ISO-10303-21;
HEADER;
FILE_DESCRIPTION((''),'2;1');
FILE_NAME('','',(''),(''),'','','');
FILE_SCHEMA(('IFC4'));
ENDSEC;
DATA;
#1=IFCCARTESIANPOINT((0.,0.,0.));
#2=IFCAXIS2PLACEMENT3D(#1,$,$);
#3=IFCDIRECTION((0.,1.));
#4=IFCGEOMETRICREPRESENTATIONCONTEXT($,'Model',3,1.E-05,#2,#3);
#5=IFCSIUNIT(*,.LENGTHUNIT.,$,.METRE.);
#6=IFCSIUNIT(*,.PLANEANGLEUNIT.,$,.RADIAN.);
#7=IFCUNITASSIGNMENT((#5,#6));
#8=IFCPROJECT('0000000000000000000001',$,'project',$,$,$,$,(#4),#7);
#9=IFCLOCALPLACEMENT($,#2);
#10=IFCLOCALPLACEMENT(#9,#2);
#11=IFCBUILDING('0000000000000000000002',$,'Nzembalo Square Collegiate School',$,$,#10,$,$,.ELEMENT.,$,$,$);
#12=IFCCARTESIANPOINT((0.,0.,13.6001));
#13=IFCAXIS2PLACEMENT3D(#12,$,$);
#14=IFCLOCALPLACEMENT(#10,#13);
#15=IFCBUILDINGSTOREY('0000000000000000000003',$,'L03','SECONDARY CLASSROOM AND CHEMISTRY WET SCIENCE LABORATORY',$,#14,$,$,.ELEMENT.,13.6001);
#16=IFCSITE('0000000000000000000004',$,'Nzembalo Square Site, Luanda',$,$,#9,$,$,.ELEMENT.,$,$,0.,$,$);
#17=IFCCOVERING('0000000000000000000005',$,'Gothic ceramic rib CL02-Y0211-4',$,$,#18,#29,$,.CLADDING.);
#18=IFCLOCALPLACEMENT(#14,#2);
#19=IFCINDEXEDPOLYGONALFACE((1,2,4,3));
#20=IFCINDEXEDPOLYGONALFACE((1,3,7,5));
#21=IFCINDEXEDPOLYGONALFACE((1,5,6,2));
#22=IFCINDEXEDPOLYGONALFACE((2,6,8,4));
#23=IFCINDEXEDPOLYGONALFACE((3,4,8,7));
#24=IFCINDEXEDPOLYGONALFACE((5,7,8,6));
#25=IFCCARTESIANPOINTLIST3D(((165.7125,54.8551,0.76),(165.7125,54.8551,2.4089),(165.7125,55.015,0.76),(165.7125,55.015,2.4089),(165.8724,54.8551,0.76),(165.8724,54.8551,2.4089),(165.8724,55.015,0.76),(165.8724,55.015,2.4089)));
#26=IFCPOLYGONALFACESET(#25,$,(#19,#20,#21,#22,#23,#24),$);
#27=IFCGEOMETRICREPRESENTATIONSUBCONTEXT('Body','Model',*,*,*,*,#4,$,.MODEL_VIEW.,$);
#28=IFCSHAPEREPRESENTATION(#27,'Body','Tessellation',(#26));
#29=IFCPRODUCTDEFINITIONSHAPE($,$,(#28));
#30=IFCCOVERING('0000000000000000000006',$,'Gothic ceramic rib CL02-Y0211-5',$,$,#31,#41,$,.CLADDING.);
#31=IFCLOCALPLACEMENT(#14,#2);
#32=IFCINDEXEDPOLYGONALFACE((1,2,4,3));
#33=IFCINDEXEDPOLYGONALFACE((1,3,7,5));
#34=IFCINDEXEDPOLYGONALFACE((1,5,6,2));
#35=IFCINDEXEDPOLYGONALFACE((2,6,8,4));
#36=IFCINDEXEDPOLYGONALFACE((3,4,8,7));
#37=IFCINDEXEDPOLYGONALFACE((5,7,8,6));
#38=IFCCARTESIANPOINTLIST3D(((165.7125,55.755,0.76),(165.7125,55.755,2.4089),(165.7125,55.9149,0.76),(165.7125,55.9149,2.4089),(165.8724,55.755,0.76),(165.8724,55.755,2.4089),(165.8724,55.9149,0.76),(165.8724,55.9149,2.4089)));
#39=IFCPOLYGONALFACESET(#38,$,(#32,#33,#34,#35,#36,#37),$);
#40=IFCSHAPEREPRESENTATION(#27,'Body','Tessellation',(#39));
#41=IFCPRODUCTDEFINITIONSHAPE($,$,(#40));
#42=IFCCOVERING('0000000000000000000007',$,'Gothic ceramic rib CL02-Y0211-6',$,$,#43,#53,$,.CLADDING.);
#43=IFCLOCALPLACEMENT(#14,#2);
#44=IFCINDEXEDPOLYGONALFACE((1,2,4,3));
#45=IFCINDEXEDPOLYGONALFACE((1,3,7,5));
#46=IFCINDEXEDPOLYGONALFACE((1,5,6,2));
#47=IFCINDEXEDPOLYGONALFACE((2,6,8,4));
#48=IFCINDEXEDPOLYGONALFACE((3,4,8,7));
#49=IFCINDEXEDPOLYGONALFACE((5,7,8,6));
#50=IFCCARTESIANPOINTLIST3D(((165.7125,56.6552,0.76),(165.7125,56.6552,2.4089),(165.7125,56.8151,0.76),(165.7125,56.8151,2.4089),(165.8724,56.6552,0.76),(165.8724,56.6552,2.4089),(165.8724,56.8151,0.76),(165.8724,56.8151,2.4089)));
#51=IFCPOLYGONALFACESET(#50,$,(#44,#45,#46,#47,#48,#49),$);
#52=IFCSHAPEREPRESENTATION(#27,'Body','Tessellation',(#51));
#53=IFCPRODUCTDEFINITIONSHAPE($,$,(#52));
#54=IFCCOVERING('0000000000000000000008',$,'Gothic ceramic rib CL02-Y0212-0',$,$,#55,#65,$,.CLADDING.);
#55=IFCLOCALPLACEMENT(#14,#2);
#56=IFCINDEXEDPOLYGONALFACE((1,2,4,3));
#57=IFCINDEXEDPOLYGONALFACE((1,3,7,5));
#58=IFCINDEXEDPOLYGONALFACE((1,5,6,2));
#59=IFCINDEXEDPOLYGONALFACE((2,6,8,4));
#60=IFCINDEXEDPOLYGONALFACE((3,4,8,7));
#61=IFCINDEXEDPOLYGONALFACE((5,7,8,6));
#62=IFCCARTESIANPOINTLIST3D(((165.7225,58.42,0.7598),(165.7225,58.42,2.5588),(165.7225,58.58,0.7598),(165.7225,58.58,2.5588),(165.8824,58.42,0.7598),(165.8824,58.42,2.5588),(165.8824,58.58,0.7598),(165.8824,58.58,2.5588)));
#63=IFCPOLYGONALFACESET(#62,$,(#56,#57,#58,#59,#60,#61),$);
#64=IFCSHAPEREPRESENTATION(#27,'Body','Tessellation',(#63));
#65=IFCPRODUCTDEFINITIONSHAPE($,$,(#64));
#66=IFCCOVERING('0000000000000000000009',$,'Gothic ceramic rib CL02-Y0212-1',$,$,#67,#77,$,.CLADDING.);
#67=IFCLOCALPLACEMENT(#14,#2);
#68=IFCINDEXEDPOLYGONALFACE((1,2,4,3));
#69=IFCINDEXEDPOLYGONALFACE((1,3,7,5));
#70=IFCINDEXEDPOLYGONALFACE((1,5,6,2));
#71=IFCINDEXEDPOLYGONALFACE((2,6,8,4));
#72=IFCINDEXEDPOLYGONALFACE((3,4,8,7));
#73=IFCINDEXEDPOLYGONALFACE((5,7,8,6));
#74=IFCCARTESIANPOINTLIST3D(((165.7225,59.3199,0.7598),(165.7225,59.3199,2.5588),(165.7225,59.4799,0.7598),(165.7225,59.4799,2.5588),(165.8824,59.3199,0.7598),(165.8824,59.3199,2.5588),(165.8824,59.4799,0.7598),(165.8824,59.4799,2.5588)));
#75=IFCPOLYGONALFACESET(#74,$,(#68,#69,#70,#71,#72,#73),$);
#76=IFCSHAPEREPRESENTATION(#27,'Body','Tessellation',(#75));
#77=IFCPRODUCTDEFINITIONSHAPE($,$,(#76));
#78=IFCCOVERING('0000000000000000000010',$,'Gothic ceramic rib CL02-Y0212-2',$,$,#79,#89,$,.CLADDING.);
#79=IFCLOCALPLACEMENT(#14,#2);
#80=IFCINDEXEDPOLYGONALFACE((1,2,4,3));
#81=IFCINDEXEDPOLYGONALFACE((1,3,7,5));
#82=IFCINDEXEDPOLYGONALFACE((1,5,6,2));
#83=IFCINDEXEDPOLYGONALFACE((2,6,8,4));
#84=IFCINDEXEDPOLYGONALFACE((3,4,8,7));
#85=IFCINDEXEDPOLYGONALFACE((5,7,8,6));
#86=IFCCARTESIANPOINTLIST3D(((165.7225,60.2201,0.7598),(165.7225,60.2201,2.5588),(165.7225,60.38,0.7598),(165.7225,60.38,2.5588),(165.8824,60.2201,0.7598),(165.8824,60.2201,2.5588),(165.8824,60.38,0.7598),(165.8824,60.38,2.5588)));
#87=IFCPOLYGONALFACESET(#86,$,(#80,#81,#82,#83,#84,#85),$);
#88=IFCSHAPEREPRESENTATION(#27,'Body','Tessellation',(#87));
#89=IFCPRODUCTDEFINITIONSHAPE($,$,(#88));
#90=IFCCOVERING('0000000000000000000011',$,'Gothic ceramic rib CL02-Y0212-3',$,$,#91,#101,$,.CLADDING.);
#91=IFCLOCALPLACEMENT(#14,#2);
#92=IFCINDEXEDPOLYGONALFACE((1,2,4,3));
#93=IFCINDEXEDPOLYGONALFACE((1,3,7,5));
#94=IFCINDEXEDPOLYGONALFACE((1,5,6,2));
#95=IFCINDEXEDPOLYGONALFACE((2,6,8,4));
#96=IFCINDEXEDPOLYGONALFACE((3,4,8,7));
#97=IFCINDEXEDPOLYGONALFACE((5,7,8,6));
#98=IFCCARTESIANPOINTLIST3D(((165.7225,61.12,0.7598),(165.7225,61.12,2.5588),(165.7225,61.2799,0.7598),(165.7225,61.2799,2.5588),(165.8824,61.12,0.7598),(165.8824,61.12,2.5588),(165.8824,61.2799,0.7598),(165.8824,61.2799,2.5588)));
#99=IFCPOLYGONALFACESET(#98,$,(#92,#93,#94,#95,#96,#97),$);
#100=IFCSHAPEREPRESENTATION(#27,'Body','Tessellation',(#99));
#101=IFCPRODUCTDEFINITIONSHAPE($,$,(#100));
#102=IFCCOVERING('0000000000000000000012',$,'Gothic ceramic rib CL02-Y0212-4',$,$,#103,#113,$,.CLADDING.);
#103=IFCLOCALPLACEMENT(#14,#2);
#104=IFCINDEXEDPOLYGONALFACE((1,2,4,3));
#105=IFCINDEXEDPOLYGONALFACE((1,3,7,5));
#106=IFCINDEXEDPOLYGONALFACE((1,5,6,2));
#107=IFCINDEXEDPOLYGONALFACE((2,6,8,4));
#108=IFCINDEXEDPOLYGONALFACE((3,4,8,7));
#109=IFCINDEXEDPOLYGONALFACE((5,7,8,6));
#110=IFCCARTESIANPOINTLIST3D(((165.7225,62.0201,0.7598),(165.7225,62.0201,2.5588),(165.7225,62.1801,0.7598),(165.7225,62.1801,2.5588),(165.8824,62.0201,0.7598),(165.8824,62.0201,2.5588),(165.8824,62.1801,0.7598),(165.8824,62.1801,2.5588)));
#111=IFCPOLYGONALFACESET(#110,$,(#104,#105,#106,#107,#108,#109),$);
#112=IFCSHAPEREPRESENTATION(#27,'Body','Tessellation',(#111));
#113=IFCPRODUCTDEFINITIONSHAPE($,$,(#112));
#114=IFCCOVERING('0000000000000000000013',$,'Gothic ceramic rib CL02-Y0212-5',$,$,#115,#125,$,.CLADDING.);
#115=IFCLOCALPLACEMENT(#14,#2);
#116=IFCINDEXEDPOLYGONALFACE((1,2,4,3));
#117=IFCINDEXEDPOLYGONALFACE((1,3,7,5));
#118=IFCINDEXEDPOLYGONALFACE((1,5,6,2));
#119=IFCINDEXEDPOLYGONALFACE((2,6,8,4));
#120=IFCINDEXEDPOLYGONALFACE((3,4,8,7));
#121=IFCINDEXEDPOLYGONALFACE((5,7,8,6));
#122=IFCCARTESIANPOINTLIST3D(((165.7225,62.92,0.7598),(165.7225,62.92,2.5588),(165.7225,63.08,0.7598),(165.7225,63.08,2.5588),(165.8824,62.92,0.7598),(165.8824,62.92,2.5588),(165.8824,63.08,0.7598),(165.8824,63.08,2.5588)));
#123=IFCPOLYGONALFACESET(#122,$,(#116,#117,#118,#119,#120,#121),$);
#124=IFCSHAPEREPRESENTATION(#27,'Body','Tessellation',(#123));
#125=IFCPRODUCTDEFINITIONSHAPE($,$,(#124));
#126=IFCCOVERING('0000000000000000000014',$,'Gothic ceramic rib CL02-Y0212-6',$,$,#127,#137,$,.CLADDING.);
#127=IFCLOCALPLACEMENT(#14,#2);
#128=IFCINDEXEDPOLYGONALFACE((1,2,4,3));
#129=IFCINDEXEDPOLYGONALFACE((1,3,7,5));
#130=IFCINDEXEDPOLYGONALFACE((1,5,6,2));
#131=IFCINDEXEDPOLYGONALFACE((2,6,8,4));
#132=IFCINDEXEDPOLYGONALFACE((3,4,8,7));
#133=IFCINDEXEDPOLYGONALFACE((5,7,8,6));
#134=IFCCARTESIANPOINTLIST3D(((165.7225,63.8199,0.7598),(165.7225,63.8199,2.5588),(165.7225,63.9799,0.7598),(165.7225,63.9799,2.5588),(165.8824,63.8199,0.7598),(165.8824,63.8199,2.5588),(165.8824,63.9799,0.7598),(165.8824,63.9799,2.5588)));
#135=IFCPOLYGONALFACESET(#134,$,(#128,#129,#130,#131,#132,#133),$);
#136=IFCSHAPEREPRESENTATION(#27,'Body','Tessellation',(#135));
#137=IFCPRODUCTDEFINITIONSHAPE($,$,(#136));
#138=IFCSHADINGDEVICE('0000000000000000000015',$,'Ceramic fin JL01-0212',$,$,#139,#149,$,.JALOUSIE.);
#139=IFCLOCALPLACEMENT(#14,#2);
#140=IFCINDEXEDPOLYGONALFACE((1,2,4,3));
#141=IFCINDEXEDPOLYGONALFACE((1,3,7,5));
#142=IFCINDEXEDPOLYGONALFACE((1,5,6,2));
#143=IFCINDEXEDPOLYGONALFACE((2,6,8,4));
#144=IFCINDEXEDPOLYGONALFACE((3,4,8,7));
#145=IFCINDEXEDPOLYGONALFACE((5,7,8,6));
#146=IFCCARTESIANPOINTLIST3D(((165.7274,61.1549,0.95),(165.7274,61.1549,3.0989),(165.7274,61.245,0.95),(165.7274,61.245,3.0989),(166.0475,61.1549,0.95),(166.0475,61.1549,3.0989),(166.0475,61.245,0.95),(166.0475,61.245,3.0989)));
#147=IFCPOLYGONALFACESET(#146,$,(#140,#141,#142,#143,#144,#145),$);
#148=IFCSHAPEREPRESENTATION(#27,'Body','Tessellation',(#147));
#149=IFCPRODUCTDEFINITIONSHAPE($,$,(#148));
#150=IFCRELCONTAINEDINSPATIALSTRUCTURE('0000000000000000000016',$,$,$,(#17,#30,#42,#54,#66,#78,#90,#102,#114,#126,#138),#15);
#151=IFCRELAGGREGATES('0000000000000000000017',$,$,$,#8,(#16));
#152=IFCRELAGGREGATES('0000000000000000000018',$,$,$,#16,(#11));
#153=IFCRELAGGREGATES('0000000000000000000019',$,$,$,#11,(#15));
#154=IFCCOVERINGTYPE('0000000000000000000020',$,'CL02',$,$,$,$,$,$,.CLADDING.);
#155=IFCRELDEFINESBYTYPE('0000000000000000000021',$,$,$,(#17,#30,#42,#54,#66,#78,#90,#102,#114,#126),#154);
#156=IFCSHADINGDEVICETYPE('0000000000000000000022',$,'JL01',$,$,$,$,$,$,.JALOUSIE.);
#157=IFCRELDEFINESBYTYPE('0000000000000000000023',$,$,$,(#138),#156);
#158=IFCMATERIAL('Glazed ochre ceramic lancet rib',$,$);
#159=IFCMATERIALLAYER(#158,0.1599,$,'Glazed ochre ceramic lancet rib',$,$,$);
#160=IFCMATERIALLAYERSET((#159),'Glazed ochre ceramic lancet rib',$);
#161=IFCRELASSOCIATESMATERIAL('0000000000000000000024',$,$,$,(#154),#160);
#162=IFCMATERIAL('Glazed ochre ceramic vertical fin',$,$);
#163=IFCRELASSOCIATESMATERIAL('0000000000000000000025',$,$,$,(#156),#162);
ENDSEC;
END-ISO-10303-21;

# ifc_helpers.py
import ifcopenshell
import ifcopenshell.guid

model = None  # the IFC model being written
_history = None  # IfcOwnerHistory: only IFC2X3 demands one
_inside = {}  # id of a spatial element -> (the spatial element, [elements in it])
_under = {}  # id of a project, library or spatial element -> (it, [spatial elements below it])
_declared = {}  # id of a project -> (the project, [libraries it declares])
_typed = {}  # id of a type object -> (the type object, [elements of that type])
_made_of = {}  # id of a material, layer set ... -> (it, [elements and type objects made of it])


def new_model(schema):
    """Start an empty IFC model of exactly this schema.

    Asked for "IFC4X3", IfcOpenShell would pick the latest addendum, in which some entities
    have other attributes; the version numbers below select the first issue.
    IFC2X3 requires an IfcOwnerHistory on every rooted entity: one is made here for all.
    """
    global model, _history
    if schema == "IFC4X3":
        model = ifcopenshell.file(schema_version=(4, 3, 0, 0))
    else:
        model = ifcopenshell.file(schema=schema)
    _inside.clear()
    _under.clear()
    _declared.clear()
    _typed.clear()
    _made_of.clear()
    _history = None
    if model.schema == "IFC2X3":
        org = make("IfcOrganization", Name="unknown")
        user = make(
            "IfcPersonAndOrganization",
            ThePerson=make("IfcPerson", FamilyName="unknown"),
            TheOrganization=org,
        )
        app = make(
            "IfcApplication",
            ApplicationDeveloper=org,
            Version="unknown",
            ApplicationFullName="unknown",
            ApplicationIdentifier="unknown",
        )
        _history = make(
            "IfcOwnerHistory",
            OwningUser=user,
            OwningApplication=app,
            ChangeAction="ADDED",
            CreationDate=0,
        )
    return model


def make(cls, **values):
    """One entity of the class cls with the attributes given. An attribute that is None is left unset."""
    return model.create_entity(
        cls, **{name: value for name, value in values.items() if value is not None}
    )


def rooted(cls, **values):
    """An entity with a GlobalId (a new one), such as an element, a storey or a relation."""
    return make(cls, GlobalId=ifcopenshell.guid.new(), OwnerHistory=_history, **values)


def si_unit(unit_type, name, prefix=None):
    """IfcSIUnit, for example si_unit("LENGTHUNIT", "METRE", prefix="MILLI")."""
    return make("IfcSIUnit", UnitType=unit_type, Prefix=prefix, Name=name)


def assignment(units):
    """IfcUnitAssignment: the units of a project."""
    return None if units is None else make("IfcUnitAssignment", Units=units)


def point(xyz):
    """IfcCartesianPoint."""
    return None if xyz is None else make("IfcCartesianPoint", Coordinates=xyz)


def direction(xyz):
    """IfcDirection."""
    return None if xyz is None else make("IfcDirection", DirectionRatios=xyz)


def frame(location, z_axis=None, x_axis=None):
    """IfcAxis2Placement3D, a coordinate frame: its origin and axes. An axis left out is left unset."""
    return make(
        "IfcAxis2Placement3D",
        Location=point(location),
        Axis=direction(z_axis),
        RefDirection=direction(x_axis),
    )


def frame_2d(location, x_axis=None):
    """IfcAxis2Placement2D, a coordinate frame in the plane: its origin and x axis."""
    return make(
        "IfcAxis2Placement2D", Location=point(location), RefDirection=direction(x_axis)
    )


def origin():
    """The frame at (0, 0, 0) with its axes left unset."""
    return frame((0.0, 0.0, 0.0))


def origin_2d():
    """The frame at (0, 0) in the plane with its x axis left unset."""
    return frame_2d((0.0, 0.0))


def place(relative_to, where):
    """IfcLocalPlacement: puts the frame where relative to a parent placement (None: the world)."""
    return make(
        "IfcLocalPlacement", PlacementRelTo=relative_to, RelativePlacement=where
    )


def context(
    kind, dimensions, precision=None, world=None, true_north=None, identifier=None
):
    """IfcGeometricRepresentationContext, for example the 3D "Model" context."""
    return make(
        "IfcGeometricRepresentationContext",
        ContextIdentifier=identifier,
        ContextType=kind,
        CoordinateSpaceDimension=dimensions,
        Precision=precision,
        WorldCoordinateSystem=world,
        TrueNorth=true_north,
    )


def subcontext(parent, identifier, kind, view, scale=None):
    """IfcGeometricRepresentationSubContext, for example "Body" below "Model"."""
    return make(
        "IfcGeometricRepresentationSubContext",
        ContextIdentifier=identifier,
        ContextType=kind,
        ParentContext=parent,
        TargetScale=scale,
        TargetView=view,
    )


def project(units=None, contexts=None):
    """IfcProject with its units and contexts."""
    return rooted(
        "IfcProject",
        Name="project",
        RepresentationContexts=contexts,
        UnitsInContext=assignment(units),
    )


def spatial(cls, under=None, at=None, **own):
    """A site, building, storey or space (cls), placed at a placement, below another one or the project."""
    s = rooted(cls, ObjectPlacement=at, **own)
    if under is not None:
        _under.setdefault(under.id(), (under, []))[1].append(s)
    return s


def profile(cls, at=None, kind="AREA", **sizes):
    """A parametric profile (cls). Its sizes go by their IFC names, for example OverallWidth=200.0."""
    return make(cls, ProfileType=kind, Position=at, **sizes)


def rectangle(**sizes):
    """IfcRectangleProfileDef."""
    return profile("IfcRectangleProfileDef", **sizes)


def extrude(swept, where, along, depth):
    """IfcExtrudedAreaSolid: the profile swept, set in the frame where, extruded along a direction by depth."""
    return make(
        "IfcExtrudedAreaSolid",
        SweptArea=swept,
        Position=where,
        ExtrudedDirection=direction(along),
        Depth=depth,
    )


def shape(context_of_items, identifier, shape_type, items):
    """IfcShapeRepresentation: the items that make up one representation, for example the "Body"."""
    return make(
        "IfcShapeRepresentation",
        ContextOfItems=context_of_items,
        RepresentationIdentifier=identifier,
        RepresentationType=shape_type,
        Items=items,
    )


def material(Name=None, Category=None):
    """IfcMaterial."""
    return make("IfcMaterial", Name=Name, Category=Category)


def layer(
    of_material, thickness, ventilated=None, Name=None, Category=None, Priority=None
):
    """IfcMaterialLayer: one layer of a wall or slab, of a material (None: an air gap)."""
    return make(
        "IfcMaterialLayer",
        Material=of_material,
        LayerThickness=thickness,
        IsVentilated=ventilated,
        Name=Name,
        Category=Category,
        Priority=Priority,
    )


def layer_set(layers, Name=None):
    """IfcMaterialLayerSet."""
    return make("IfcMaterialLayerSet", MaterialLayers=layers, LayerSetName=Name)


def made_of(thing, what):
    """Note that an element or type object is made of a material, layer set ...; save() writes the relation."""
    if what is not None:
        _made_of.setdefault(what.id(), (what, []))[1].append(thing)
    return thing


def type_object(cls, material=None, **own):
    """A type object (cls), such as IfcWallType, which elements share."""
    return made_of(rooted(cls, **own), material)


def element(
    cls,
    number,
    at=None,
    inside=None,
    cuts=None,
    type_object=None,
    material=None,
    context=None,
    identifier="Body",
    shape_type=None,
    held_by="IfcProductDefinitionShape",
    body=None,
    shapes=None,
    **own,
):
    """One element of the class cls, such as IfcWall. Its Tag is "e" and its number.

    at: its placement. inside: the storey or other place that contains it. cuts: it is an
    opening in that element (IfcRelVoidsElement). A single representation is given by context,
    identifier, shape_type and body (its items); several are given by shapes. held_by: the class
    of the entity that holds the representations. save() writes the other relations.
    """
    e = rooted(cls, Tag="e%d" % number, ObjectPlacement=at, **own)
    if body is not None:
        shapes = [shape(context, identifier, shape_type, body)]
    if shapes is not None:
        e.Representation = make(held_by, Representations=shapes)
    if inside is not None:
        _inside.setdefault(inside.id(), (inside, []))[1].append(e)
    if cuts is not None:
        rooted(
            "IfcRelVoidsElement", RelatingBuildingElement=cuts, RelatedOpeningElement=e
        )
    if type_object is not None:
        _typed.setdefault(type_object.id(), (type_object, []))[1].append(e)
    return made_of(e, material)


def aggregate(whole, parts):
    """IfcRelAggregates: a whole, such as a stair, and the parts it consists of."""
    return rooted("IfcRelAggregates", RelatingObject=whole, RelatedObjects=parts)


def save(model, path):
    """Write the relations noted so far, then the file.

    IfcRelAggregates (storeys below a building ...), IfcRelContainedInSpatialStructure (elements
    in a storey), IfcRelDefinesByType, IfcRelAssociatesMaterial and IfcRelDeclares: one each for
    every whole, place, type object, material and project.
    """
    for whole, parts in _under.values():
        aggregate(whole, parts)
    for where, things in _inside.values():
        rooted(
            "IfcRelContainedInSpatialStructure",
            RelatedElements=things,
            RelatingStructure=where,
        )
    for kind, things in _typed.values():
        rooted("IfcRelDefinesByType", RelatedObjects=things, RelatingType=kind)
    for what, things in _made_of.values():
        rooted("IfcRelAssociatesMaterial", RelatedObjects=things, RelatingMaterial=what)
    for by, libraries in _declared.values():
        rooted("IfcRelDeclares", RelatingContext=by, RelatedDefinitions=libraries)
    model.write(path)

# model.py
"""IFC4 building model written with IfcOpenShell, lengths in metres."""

from ifc_helpers import new_model, si_unit, direction, frame, origin, origin_2d, place, context, subcontext, project, spatial, rectangle, extrude, material, layer, layer_set, type_object, element, save


model = new_model("IFC4")

# Units and contexts
model_context = context("Model", 3, precision=1e-05, world=origin(), true_north=direction((0.0, 1.0)))
body_context = subcontext(model_context, "Body", "Model", "MODEL_VIEW")
ifc_project = project(units=[si_unit("LENGTHUNIT", "METRE"), si_unit("PLANEANGLEUNIT", "RADIAN")], contexts=[model_context])

# Site, building, storey
site_placement = place(None, origin())
site = spatial("IfcSite", under=ifc_project, at=site_placement, Name="Nzembalo Square Site, Luanda", CompositionType="ELEMENT", RefElevation=0.0)
building_placement = place(site_placement, origin())
building = spatial("IfcBuilding", under=site, at=building_placement, Name="Nzembalo Square Collegiate School", CompositionType="ELEMENT")
storey_placement = place(building_placement, frame((0.0, 0.0, 13.6001)))
storey = spatial("IfcBuildingStorey", under=building, at=storey_placement, Name="L03", Description="SECONDARY CLASSROOM AND CHEMISTRY WET SCIENCE LABORATORY", CompositionType="ELEMENT", Elevation=13.6001)

# Coverings
ifc_material_1 = material(Name="Glazed ochre ceramic lancet rib")
ifc_layer_1 = layer(ifc_material_1, 0.1599, Name="Glazed ochre ceramic lancet rib")
ifc_layer_set_1 = layer_set([ifc_layer_1], Name="Glazed ochre ceramic lancet rib")
covering_type_1 = type_object("IfcCoveringType", Name="CL02", PredefinedType="CLADDING", material=ifc_layer_set_1)
for number, where, z_axis, x_axis, name in (
    (1, (165.7925, 54.9351, 0.76), (0.0, 0.0, 1.0), (1.0, 0.0, 0.0), "Gothic ceramic rib CL02-Y0211-4"),
    (2, (165.7925, 55.835, 0.76), (0.0, 0.0, 1.0), (1.0, 0.0, 0.0), "Gothic ceramic rib CL02-Y0211-5"),
    (3, (165.7925, 56.7351, 0.76), (0.0, 0.0, 1.0), (1.0, 0.0, 0.0), "Gothic ceramic rib CL02-Y0211-6"),
):
    element("IfcCovering", number, at=place(storey_placement, frame(where, z_axis=z_axis, x_axis=x_axis)), inside=storey, type_object=covering_type_1, Name=name, PredefinedType="CLADDING", context=body_context, shape_type="SweptSolid", body=[
        extrude(rectangle(XDim=0.1599, YDim=0.1599, at=origin_2d()), origin(), (0.0, 0.0, 1.0), 1.6489),
    ])
for number, where, z_axis, x_axis, name in (
    (4, (165.8025, 58.5, 0.7598), (0.0, 0.0, 1.0), (1.0, 0.0, 0.0), "Gothic ceramic rib CL02-Y0212-0"),
    (5, (165.8025, 59.3999, 0.7598), (0.0, 0.0, 1.0), (1.0, 0.0, 0.0), "Gothic ceramic rib CL02-Y0212-1"),
    (6, (165.8025, 60.3, 0.7598), (0.0, 0.0, 1.0), (1.0, 0.0, 0.0), "Gothic ceramic rib CL02-Y0212-2"),
    (7, (165.8025, 61.2, 0.7598), (0.0, 0.0, 1.0), (1.0, 0.0, 0.0), "Gothic ceramic rib CL02-Y0212-3"),
    (8, (165.8025, 62.1001, 0.7598), (0.0, 0.0, 1.0), (1.0, 0.0, 0.0), "Gothic ceramic rib CL02-Y0212-4"),
    (9, (165.8025, 63.0, 0.7598), (0.0, 0.0, 1.0), (1.0, 0.0, 0.0), "Gothic ceramic rib CL02-Y0212-5"),
    (10, (165.8025, 63.8999, 0.7598), (0.0, 0.0, 1.0), (1.0, 0.0, 0.0), "Gothic ceramic rib CL02-Y0212-6"),
):
    element("IfcCovering", number, at=place(storey_placement, frame(where, z_axis=z_axis, x_axis=x_axis)), inside=storey, type_object=covering_type_1, Name=name, PredefinedType="CLADDING", context=body_context, shape_type="SweptSolid", body=[
        extrude(rectangle(XDim=0.1599, YDim=0.1599, at=origin_2d()), origin(), (0.0, 0.0, 1.0), 1.7991),
    ])

# Shading device
ifc_material_2 = material(Name="Glazed ochre ceramic vertical fin")
shading_device_type = type_object("IfcShadingDeviceType", Name="JL01", PredefinedType="JALOUSIE", material=ifc_material_2)
shading_device_placement = place(storey_placement, frame((165.8875, 61.2, 0.95), z_axis=(0.0, 0.0, 1.0), x_axis=(1.0, 0.0, 0.0)))
element("IfcShadingDevice", 11, at=shading_device_placement, inside=storey, type_object=shading_device_type, Name="Ceramic fin JL01-0212", PredefinedType="JALOUSIE", context=body_context, shape_type="SweptSolid", body=[
    extrude(rectangle(XDim=0.3201, YDim=0.0901, at=origin_2d()), origin(), (0.0, 0.0, 1.0), 2.1489),
])

save(model, "model.ifc")
